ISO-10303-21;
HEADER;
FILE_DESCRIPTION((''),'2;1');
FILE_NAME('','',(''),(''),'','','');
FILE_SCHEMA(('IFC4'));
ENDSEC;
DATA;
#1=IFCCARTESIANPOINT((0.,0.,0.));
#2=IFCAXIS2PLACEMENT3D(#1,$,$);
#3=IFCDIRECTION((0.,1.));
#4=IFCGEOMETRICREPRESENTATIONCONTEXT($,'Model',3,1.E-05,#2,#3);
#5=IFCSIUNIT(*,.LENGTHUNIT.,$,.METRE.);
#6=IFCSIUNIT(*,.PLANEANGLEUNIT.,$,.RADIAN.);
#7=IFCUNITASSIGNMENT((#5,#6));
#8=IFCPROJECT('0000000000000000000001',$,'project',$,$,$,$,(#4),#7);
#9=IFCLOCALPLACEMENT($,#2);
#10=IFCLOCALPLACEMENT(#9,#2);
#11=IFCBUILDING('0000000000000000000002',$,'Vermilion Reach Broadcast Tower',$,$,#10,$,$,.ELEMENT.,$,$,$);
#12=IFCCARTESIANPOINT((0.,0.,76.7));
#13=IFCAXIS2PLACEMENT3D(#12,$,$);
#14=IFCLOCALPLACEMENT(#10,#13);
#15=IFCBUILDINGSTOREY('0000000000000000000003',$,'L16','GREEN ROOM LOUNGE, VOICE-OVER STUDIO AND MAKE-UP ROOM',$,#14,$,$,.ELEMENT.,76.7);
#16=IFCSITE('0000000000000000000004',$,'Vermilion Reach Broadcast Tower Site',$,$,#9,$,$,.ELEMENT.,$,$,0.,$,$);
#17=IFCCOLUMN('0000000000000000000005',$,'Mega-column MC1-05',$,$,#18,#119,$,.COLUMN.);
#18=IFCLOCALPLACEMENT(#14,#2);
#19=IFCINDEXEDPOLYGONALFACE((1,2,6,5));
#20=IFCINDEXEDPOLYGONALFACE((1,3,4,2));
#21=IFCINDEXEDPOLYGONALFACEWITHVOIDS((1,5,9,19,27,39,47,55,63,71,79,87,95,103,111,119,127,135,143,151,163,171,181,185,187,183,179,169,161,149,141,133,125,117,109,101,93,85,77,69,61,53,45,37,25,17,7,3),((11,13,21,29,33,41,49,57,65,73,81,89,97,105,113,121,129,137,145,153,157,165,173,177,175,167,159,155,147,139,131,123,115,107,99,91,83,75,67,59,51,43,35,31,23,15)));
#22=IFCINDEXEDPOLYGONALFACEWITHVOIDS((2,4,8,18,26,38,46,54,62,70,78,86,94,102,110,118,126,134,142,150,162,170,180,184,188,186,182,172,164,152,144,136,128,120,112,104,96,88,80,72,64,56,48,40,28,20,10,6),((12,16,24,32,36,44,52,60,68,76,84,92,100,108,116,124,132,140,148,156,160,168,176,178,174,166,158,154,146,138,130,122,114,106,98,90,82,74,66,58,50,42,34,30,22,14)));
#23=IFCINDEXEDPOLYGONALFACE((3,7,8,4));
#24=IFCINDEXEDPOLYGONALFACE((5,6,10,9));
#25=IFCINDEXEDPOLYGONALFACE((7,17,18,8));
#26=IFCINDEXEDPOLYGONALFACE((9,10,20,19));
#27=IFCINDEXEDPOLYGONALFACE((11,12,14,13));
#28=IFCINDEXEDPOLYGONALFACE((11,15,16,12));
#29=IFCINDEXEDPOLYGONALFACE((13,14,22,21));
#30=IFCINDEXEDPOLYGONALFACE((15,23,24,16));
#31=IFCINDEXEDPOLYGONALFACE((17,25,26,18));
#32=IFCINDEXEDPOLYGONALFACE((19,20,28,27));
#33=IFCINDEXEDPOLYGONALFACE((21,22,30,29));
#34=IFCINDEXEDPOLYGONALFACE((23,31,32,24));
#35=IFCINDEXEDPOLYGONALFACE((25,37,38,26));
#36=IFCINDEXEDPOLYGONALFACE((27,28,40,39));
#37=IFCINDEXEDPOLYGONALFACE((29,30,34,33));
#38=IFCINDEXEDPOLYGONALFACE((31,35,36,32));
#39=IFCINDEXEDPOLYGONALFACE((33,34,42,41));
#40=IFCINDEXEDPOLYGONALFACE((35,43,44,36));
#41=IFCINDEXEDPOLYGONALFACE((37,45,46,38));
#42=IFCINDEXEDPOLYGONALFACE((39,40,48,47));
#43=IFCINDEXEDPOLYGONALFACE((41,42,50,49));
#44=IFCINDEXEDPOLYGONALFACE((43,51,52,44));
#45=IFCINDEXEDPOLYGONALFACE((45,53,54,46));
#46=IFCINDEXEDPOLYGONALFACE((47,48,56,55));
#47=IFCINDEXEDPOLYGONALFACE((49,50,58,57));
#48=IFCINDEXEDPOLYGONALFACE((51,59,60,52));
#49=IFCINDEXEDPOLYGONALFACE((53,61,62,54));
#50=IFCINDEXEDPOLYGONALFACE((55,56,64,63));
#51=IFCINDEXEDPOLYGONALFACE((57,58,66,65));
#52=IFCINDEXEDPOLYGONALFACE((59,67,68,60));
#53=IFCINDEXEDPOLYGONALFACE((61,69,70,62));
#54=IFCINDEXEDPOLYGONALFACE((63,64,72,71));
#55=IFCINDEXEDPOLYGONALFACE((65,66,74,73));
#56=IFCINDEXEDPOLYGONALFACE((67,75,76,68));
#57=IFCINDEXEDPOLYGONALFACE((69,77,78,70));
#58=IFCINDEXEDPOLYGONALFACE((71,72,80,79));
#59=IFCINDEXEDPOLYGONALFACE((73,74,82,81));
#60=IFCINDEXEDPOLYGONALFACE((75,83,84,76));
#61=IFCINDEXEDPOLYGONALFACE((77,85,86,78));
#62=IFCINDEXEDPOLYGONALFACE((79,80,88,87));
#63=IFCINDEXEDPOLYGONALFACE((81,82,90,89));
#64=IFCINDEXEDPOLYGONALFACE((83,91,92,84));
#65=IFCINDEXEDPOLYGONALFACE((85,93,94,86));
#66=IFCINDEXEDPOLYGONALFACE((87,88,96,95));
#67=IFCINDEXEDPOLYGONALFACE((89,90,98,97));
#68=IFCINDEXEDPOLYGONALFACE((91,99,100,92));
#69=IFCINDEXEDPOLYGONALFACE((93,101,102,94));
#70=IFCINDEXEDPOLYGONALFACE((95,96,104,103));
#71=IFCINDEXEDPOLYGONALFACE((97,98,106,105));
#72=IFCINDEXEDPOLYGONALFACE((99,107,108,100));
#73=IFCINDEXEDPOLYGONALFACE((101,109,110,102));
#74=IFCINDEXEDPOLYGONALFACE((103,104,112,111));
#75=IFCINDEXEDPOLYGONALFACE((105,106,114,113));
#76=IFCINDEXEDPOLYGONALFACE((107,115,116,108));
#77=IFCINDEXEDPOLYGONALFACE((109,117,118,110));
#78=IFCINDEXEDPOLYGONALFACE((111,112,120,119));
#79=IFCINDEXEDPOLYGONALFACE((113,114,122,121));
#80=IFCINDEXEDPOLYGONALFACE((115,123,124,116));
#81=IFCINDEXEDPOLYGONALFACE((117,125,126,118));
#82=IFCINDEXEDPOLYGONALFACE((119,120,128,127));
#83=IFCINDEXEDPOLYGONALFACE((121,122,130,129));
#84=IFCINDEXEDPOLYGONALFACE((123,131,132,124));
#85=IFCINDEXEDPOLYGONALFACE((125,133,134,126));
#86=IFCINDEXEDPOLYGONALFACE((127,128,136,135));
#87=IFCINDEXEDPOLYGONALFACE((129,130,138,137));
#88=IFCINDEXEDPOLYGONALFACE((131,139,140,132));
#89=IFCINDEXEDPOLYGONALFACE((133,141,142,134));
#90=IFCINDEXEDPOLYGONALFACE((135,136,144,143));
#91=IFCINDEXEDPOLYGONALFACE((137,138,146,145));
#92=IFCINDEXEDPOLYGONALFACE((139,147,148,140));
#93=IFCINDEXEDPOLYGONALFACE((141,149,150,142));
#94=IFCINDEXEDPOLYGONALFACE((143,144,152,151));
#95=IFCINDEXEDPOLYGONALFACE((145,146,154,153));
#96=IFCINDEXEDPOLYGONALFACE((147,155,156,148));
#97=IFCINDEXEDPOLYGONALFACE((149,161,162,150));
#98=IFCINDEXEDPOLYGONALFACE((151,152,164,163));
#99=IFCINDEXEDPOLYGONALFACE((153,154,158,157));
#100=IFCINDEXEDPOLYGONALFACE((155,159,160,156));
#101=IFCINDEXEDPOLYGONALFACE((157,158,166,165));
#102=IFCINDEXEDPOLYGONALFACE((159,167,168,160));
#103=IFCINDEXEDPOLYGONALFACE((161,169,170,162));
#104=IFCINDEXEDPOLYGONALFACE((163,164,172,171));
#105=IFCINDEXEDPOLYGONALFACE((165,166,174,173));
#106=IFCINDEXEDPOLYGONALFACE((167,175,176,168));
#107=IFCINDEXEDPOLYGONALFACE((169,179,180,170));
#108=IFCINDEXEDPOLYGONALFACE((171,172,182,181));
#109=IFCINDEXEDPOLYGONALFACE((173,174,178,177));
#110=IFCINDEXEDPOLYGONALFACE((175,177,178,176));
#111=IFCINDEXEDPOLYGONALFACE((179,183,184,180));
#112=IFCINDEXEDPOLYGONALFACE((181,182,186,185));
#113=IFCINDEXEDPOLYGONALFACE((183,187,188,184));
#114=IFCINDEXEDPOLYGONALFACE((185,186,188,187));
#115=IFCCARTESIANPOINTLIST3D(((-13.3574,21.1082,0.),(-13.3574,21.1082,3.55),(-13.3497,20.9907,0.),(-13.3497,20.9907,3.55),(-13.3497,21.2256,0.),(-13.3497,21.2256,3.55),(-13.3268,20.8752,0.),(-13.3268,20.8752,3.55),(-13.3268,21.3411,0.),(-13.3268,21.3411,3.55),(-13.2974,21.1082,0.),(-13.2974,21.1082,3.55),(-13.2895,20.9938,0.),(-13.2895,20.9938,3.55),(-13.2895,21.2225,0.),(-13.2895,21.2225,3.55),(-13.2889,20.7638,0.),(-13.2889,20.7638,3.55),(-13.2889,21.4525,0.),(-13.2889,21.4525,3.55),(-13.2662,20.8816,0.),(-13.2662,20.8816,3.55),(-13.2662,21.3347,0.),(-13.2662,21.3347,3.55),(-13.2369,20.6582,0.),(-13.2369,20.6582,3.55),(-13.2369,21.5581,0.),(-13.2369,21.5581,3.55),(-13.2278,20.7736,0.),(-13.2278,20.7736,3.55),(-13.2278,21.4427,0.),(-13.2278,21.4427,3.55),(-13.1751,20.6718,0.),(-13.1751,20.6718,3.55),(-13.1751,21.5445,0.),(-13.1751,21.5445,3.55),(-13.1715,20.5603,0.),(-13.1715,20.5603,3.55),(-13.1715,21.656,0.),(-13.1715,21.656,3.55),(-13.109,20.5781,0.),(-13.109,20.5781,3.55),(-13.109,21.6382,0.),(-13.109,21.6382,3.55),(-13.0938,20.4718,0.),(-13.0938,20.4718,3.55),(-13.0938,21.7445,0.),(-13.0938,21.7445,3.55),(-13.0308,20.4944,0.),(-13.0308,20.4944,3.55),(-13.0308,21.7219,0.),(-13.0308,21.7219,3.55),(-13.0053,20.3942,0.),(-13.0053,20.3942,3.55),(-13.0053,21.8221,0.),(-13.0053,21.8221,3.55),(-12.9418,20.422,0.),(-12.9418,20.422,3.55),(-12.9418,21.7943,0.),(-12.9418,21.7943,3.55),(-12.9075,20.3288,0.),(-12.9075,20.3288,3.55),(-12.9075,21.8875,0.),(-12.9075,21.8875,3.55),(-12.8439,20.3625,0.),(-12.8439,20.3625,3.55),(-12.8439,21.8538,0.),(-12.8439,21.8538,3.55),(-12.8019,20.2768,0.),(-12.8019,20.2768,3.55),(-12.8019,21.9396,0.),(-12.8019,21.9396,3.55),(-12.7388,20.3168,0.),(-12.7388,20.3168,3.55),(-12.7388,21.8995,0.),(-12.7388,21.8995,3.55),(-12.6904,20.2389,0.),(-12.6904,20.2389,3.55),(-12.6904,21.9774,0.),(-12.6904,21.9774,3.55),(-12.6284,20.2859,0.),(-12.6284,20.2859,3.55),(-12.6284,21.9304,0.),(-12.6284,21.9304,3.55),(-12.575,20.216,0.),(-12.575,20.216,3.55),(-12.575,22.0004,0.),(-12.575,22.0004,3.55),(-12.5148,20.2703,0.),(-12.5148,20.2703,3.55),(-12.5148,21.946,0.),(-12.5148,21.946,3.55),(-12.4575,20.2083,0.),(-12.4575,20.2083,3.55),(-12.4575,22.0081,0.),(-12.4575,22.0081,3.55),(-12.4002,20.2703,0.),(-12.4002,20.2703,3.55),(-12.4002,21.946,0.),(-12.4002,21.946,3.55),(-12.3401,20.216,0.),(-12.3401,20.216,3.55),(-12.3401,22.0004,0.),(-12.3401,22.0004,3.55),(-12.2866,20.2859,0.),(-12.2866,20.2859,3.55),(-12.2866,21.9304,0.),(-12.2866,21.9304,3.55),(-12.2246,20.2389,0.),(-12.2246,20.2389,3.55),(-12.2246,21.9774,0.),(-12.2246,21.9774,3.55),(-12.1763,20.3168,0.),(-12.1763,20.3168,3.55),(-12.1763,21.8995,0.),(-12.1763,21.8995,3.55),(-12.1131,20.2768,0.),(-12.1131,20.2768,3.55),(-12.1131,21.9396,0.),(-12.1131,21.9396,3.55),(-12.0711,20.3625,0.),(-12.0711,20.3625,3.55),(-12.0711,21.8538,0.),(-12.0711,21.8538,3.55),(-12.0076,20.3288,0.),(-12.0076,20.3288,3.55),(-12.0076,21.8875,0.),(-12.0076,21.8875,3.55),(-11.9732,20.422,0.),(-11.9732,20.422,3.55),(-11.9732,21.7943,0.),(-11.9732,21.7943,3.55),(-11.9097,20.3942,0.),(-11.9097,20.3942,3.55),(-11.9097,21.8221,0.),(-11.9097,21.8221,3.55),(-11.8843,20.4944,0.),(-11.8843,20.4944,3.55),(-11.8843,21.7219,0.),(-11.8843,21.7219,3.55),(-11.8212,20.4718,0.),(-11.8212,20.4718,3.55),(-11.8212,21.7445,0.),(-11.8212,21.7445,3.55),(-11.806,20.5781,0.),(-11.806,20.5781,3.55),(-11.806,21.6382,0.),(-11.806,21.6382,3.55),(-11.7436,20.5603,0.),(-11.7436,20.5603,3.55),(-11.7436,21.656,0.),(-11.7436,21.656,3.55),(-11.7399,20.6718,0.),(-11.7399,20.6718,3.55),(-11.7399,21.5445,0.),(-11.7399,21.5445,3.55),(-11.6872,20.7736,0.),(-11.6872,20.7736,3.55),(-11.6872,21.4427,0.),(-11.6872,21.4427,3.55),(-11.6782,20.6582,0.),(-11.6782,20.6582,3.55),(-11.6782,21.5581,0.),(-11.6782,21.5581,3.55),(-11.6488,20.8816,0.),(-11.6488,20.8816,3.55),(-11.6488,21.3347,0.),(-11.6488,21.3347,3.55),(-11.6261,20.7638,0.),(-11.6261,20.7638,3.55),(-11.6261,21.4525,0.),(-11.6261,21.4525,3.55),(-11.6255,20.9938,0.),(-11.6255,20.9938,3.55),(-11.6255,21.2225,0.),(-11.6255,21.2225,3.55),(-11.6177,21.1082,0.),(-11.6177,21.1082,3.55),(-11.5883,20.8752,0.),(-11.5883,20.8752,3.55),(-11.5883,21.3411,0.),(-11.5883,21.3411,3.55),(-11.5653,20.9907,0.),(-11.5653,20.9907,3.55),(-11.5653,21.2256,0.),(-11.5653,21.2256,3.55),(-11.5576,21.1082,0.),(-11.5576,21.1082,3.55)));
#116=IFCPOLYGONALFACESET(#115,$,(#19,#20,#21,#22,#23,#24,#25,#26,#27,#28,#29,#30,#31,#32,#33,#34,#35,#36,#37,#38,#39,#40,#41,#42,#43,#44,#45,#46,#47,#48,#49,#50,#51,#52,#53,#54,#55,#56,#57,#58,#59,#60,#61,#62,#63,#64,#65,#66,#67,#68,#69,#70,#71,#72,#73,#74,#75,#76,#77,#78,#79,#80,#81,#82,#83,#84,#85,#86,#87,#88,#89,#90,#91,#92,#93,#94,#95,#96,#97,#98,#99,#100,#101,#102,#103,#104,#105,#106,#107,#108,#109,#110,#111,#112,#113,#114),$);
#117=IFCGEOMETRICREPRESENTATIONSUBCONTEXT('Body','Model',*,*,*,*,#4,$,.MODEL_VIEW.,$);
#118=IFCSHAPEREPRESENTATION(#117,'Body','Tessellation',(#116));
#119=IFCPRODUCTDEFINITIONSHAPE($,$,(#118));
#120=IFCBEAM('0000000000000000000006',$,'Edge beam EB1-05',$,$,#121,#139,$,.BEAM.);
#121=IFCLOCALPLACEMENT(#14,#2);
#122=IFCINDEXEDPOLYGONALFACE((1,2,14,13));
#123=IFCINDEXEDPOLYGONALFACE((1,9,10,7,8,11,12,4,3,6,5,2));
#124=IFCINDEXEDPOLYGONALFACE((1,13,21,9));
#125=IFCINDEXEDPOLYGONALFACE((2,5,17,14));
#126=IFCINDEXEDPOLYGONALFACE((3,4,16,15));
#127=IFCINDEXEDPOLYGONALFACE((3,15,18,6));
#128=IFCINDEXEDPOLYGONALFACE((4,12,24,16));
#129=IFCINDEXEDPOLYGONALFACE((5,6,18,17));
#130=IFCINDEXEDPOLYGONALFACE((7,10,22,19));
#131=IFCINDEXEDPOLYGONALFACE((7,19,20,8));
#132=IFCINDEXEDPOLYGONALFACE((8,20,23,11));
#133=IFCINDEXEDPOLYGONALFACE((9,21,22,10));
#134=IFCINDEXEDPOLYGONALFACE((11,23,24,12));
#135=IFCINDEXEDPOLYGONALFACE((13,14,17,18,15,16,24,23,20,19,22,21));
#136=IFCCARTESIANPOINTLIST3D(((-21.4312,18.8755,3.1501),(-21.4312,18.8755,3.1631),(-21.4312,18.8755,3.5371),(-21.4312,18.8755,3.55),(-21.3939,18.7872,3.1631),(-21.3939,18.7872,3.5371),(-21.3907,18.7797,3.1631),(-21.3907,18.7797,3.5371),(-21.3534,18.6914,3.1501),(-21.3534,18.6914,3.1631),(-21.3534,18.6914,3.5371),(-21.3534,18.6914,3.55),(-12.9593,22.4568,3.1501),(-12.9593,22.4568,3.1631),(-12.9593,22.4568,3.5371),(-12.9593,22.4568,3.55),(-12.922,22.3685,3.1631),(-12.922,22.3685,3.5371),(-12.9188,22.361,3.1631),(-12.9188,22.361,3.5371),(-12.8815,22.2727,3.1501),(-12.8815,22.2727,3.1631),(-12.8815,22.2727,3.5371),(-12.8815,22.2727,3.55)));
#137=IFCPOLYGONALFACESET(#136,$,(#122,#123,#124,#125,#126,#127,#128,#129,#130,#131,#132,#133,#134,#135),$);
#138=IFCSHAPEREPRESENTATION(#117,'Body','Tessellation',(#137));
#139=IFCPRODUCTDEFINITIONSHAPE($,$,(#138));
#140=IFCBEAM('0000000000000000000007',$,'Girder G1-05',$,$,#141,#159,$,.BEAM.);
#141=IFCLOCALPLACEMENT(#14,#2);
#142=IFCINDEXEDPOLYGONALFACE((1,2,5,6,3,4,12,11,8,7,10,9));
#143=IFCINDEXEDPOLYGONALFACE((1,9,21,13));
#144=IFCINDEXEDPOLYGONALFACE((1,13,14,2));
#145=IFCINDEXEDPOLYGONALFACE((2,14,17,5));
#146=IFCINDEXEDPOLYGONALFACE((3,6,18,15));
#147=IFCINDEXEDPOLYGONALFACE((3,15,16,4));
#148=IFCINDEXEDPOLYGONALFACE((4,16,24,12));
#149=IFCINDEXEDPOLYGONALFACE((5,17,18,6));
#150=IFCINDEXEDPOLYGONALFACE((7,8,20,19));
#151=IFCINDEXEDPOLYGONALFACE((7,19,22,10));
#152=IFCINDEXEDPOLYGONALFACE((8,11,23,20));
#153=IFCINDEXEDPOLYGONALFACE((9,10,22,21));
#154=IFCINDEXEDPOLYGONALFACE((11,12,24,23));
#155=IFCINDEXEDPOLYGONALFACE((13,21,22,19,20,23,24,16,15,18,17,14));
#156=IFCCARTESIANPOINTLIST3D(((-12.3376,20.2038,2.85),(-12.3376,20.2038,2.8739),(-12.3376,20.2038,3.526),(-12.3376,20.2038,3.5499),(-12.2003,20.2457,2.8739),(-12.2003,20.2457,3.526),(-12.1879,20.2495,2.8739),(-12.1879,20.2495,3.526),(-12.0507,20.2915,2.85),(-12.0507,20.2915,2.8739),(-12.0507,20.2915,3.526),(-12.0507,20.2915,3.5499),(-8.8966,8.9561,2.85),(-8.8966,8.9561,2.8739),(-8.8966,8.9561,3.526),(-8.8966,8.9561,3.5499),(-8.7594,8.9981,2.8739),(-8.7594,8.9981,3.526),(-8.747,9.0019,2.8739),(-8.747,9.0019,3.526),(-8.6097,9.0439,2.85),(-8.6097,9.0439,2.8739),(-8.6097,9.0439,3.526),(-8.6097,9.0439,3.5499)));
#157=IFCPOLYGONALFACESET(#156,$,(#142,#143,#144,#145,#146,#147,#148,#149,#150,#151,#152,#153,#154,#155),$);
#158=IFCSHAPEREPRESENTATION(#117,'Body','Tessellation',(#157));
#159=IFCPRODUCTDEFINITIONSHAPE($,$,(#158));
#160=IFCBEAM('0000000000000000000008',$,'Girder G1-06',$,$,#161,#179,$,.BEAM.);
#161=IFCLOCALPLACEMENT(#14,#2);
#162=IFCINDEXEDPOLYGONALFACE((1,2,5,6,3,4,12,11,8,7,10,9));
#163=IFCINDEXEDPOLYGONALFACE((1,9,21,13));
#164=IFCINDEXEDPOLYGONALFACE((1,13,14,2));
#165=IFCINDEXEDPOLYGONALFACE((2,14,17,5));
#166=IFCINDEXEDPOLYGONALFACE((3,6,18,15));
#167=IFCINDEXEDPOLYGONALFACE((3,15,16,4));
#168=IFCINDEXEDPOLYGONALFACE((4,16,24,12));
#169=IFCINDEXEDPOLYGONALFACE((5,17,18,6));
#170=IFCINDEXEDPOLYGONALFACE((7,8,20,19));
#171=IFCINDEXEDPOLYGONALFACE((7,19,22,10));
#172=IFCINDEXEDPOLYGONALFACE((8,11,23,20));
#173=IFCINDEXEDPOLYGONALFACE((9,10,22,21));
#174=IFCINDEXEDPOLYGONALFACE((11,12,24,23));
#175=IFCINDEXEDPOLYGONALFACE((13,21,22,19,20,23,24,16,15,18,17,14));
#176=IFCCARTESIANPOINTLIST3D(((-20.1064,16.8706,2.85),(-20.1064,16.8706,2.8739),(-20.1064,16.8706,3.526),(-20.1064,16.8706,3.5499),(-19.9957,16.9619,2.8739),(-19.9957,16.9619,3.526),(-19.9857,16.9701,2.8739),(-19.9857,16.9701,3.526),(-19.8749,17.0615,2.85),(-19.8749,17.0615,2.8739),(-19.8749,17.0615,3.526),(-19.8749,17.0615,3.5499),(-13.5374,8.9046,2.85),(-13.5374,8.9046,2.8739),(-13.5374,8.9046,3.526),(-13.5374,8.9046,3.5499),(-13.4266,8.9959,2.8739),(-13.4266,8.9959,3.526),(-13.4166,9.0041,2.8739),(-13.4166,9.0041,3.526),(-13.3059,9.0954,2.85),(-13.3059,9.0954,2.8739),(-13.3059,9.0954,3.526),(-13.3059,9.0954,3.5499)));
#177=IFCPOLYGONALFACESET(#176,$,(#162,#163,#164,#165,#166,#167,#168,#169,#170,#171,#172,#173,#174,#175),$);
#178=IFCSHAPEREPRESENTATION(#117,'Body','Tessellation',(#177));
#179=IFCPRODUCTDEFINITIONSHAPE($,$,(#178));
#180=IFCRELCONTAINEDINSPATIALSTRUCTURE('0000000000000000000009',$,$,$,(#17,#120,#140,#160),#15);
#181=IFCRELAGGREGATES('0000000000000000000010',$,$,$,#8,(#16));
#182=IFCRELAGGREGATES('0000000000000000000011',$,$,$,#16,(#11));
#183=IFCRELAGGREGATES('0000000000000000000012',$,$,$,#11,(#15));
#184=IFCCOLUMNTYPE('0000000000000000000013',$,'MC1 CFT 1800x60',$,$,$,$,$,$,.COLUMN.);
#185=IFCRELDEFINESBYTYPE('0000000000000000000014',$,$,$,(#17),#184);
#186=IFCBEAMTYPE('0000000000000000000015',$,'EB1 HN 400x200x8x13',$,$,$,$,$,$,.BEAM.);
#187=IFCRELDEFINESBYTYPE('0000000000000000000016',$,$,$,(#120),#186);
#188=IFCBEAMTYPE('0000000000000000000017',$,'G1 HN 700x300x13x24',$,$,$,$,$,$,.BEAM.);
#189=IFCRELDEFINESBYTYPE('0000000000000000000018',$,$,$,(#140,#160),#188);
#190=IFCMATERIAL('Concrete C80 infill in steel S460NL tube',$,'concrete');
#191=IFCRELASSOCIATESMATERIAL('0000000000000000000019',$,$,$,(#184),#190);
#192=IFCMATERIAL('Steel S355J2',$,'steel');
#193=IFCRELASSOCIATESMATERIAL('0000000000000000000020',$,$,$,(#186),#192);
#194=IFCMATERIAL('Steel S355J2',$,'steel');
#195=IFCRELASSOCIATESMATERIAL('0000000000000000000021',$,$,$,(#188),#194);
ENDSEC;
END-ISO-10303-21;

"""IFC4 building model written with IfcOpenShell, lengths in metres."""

from ifc_helpers import new_model, si_unit, direction, frame, origin, origin_2d, place, context, subcontext, project, spatial, hollow_circle, i_section, extrude, material, material_profile, profile_set, type_object, element, save


model = new_model("IFC4")

# Units and contexts
model_context = context("Model", 3, precision=1e-05, world=origin(), true_north=direction((0.0, 1.0)))
body_context = subcontext(model_context, "Body", "Model", "MODEL_VIEW")
ifc_project = project(units=[si_unit("LENGTHUNIT", "METRE"), si_unit("PLANEANGLEUNIT", "RADIAN")], contexts=[model_context])

# Site, building, storey
site_placement = place(None, origin())
site = spatial("IfcSite", under=ifc_project, at=site_placement, Name="Vermilion Reach Broadcast Tower Site", CompositionType="ELEMENT", RefElevation=0.0)
building_placement = place(site_placement, origin())
building = spatial("IfcBuilding", under=site, at=building_placement, Name="Vermilion Reach Broadcast Tower", CompositionType="ELEMENT")
storey_placement = place(building_placement, frame((0.0, 0.0, 76.7)))
storey = spatial("IfcBuildingStorey", under=building, at=storey_placement, Name="L16", Description="GREEN ROOM LOUNGE, VOICE-OVER STUDIO AND MAKE-UP ROOM", CompositionType="ELEMENT", Elevation=76.7)

# Column
ifc_material_1 = material(Name="Concrete C80 infill in steel S460NL tube", Category="concrete")
ifc_material_profile_1 = material_profile(ifc_material_1, hollow_circle(Radius=0.8999, WallThickness=0.0601, at=origin_2d()), Name="Concrete C80 infill in steel S460NL tube CFT 1800x60")
ifc_profile_set_1 = profile_set([ifc_material_profile_1], Name="Concrete C80 infill in steel S460NL tube")
column_type = type_object("IfcColumnType", Name="MC1 CFT 1800x60", PredefinedType="COLUMN", material=ifc_profile_set_1)
column_placement = place(storey_placement, frame((-12.4575, 21.1082, 0.0), z_axis=(0.0, 0.0, 1.0), x_axis=(1.0, 0.0, 0.0)))
element("IfcColumn", 1, at=column_placement, inside=storey, type_object=column_type, Name="Mega-column MC1-05", PredefinedType="COLUMN", context=body_context, shape_type="SweptSolid", body=[
    extrude(hollow_circle(Radius=0.8999, WallThickness=0.0601, at=origin_2d()), origin(), (0.0, 0.0, 1.0), 3.55),
])

# Beams
ifc_material_2 = material(Name="Steel S355J2", Category="steel")
ifc_material_profile_2 = material_profile(ifc_material_2, i_section(OverallWidth=0.2, OverallDepth=0.3999, WebThickness=0.0081, FlangeThickness=0.0129, at=origin_2d()), Name="S355J2 HN 400x200x8x13")
ifc_profile_set_2 = profile_set([ifc_material_profile_2], Name="Steel S355J2")
beam_type_1 = type_object("IfcBeamType", Name="EB1 HN 400x200x8x13", PredefinedType="BEAM", material=ifc_profile_set_2)
beam_1_placement = place(storey_placement, frame((-12.9204, 22.3647, 3.3501), z_axis=(-0.921083, -0.389365, 0.0), x_axis=(0.389365, -0.921083, 0.0)))
element("IfcBeam", 2, at=beam_1_placement, inside=storey, type_object=beam_type_1, Name="Edge beam EB1-05", PredefinedType="BEAM", context=body_context, shape_type="SweptSolid", body=[
    extrude(i_section(OverallWidth=0.2, OverallDepth=0.3999, WebThickness=0.0081, FlangeThickness=0.0129, at=origin_2d()), origin(), (0.0, 0.0, 1.0), 9.1978),
])
ifc_material_3 = material(Name="Steel S355J2", Category="steel")
ifc_material_profile_3 = material_profile(ifc_material_3, i_section(OverallWidth=0.3, OverallDepth=0.7, WebThickness=0.0129, FlangeThickness=0.0239, at=origin_2d()), Name="S355J2 HN 700x300x13x24")
ifc_profile_set_3 = profile_set([ifc_material_profile_3], Name="Steel S355J2")
beam_type_2 = type_object("IfcBeamType", Name="G1 HN 700x300x13x24", PredefinedType="BEAM", material=ifc_profile_set_3)
beam_2_placement = place(storey_placement, frame((-8.7532, 9.0, 3.2), z_axis=(-0.292542, 0.956253, 0.0), x_axis=(-0.956253, -0.292542, 0.0)))
element("IfcBeam", 3, at=beam_2_placement, inside=storey, type_object=beam_type_2, Name="Girder G1-05", PredefinedType="BEAM", context=body_context, shape_type="SweptSolid", body=[
    extrude(i_section(OverallWidth=0.3, OverallDepth=0.7, WebThickness=0.0129, FlangeThickness=0.0239, at=origin_2d()), origin(), (0.0, 0.0, 1.0), 11.7622),
])
beam_3_placement = place(storey_placement, frame((-13.4216, 9.0, 3.2), z_axis=(-0.636215, 0.771512, 0.0), x_axis=(-0.771512, -0.636215, 0.0)))
element("IfcBeam", 4, at=beam_3_placement, inside=storey, type_object=beam_type_2, Name="Girder G1-06", PredefinedType="BEAM", context=body_context, shape_type="SweptSolid", body=[
    extrude(i_section(OverallWidth=0.3, OverallDepth=0.7, WebThickness=0.0129, FlangeThickness=0.0239, at=origin_2d()), origin(), (0.0, 0.0, 1.0), 10.3252),
])

save(model, "model.ifc")
